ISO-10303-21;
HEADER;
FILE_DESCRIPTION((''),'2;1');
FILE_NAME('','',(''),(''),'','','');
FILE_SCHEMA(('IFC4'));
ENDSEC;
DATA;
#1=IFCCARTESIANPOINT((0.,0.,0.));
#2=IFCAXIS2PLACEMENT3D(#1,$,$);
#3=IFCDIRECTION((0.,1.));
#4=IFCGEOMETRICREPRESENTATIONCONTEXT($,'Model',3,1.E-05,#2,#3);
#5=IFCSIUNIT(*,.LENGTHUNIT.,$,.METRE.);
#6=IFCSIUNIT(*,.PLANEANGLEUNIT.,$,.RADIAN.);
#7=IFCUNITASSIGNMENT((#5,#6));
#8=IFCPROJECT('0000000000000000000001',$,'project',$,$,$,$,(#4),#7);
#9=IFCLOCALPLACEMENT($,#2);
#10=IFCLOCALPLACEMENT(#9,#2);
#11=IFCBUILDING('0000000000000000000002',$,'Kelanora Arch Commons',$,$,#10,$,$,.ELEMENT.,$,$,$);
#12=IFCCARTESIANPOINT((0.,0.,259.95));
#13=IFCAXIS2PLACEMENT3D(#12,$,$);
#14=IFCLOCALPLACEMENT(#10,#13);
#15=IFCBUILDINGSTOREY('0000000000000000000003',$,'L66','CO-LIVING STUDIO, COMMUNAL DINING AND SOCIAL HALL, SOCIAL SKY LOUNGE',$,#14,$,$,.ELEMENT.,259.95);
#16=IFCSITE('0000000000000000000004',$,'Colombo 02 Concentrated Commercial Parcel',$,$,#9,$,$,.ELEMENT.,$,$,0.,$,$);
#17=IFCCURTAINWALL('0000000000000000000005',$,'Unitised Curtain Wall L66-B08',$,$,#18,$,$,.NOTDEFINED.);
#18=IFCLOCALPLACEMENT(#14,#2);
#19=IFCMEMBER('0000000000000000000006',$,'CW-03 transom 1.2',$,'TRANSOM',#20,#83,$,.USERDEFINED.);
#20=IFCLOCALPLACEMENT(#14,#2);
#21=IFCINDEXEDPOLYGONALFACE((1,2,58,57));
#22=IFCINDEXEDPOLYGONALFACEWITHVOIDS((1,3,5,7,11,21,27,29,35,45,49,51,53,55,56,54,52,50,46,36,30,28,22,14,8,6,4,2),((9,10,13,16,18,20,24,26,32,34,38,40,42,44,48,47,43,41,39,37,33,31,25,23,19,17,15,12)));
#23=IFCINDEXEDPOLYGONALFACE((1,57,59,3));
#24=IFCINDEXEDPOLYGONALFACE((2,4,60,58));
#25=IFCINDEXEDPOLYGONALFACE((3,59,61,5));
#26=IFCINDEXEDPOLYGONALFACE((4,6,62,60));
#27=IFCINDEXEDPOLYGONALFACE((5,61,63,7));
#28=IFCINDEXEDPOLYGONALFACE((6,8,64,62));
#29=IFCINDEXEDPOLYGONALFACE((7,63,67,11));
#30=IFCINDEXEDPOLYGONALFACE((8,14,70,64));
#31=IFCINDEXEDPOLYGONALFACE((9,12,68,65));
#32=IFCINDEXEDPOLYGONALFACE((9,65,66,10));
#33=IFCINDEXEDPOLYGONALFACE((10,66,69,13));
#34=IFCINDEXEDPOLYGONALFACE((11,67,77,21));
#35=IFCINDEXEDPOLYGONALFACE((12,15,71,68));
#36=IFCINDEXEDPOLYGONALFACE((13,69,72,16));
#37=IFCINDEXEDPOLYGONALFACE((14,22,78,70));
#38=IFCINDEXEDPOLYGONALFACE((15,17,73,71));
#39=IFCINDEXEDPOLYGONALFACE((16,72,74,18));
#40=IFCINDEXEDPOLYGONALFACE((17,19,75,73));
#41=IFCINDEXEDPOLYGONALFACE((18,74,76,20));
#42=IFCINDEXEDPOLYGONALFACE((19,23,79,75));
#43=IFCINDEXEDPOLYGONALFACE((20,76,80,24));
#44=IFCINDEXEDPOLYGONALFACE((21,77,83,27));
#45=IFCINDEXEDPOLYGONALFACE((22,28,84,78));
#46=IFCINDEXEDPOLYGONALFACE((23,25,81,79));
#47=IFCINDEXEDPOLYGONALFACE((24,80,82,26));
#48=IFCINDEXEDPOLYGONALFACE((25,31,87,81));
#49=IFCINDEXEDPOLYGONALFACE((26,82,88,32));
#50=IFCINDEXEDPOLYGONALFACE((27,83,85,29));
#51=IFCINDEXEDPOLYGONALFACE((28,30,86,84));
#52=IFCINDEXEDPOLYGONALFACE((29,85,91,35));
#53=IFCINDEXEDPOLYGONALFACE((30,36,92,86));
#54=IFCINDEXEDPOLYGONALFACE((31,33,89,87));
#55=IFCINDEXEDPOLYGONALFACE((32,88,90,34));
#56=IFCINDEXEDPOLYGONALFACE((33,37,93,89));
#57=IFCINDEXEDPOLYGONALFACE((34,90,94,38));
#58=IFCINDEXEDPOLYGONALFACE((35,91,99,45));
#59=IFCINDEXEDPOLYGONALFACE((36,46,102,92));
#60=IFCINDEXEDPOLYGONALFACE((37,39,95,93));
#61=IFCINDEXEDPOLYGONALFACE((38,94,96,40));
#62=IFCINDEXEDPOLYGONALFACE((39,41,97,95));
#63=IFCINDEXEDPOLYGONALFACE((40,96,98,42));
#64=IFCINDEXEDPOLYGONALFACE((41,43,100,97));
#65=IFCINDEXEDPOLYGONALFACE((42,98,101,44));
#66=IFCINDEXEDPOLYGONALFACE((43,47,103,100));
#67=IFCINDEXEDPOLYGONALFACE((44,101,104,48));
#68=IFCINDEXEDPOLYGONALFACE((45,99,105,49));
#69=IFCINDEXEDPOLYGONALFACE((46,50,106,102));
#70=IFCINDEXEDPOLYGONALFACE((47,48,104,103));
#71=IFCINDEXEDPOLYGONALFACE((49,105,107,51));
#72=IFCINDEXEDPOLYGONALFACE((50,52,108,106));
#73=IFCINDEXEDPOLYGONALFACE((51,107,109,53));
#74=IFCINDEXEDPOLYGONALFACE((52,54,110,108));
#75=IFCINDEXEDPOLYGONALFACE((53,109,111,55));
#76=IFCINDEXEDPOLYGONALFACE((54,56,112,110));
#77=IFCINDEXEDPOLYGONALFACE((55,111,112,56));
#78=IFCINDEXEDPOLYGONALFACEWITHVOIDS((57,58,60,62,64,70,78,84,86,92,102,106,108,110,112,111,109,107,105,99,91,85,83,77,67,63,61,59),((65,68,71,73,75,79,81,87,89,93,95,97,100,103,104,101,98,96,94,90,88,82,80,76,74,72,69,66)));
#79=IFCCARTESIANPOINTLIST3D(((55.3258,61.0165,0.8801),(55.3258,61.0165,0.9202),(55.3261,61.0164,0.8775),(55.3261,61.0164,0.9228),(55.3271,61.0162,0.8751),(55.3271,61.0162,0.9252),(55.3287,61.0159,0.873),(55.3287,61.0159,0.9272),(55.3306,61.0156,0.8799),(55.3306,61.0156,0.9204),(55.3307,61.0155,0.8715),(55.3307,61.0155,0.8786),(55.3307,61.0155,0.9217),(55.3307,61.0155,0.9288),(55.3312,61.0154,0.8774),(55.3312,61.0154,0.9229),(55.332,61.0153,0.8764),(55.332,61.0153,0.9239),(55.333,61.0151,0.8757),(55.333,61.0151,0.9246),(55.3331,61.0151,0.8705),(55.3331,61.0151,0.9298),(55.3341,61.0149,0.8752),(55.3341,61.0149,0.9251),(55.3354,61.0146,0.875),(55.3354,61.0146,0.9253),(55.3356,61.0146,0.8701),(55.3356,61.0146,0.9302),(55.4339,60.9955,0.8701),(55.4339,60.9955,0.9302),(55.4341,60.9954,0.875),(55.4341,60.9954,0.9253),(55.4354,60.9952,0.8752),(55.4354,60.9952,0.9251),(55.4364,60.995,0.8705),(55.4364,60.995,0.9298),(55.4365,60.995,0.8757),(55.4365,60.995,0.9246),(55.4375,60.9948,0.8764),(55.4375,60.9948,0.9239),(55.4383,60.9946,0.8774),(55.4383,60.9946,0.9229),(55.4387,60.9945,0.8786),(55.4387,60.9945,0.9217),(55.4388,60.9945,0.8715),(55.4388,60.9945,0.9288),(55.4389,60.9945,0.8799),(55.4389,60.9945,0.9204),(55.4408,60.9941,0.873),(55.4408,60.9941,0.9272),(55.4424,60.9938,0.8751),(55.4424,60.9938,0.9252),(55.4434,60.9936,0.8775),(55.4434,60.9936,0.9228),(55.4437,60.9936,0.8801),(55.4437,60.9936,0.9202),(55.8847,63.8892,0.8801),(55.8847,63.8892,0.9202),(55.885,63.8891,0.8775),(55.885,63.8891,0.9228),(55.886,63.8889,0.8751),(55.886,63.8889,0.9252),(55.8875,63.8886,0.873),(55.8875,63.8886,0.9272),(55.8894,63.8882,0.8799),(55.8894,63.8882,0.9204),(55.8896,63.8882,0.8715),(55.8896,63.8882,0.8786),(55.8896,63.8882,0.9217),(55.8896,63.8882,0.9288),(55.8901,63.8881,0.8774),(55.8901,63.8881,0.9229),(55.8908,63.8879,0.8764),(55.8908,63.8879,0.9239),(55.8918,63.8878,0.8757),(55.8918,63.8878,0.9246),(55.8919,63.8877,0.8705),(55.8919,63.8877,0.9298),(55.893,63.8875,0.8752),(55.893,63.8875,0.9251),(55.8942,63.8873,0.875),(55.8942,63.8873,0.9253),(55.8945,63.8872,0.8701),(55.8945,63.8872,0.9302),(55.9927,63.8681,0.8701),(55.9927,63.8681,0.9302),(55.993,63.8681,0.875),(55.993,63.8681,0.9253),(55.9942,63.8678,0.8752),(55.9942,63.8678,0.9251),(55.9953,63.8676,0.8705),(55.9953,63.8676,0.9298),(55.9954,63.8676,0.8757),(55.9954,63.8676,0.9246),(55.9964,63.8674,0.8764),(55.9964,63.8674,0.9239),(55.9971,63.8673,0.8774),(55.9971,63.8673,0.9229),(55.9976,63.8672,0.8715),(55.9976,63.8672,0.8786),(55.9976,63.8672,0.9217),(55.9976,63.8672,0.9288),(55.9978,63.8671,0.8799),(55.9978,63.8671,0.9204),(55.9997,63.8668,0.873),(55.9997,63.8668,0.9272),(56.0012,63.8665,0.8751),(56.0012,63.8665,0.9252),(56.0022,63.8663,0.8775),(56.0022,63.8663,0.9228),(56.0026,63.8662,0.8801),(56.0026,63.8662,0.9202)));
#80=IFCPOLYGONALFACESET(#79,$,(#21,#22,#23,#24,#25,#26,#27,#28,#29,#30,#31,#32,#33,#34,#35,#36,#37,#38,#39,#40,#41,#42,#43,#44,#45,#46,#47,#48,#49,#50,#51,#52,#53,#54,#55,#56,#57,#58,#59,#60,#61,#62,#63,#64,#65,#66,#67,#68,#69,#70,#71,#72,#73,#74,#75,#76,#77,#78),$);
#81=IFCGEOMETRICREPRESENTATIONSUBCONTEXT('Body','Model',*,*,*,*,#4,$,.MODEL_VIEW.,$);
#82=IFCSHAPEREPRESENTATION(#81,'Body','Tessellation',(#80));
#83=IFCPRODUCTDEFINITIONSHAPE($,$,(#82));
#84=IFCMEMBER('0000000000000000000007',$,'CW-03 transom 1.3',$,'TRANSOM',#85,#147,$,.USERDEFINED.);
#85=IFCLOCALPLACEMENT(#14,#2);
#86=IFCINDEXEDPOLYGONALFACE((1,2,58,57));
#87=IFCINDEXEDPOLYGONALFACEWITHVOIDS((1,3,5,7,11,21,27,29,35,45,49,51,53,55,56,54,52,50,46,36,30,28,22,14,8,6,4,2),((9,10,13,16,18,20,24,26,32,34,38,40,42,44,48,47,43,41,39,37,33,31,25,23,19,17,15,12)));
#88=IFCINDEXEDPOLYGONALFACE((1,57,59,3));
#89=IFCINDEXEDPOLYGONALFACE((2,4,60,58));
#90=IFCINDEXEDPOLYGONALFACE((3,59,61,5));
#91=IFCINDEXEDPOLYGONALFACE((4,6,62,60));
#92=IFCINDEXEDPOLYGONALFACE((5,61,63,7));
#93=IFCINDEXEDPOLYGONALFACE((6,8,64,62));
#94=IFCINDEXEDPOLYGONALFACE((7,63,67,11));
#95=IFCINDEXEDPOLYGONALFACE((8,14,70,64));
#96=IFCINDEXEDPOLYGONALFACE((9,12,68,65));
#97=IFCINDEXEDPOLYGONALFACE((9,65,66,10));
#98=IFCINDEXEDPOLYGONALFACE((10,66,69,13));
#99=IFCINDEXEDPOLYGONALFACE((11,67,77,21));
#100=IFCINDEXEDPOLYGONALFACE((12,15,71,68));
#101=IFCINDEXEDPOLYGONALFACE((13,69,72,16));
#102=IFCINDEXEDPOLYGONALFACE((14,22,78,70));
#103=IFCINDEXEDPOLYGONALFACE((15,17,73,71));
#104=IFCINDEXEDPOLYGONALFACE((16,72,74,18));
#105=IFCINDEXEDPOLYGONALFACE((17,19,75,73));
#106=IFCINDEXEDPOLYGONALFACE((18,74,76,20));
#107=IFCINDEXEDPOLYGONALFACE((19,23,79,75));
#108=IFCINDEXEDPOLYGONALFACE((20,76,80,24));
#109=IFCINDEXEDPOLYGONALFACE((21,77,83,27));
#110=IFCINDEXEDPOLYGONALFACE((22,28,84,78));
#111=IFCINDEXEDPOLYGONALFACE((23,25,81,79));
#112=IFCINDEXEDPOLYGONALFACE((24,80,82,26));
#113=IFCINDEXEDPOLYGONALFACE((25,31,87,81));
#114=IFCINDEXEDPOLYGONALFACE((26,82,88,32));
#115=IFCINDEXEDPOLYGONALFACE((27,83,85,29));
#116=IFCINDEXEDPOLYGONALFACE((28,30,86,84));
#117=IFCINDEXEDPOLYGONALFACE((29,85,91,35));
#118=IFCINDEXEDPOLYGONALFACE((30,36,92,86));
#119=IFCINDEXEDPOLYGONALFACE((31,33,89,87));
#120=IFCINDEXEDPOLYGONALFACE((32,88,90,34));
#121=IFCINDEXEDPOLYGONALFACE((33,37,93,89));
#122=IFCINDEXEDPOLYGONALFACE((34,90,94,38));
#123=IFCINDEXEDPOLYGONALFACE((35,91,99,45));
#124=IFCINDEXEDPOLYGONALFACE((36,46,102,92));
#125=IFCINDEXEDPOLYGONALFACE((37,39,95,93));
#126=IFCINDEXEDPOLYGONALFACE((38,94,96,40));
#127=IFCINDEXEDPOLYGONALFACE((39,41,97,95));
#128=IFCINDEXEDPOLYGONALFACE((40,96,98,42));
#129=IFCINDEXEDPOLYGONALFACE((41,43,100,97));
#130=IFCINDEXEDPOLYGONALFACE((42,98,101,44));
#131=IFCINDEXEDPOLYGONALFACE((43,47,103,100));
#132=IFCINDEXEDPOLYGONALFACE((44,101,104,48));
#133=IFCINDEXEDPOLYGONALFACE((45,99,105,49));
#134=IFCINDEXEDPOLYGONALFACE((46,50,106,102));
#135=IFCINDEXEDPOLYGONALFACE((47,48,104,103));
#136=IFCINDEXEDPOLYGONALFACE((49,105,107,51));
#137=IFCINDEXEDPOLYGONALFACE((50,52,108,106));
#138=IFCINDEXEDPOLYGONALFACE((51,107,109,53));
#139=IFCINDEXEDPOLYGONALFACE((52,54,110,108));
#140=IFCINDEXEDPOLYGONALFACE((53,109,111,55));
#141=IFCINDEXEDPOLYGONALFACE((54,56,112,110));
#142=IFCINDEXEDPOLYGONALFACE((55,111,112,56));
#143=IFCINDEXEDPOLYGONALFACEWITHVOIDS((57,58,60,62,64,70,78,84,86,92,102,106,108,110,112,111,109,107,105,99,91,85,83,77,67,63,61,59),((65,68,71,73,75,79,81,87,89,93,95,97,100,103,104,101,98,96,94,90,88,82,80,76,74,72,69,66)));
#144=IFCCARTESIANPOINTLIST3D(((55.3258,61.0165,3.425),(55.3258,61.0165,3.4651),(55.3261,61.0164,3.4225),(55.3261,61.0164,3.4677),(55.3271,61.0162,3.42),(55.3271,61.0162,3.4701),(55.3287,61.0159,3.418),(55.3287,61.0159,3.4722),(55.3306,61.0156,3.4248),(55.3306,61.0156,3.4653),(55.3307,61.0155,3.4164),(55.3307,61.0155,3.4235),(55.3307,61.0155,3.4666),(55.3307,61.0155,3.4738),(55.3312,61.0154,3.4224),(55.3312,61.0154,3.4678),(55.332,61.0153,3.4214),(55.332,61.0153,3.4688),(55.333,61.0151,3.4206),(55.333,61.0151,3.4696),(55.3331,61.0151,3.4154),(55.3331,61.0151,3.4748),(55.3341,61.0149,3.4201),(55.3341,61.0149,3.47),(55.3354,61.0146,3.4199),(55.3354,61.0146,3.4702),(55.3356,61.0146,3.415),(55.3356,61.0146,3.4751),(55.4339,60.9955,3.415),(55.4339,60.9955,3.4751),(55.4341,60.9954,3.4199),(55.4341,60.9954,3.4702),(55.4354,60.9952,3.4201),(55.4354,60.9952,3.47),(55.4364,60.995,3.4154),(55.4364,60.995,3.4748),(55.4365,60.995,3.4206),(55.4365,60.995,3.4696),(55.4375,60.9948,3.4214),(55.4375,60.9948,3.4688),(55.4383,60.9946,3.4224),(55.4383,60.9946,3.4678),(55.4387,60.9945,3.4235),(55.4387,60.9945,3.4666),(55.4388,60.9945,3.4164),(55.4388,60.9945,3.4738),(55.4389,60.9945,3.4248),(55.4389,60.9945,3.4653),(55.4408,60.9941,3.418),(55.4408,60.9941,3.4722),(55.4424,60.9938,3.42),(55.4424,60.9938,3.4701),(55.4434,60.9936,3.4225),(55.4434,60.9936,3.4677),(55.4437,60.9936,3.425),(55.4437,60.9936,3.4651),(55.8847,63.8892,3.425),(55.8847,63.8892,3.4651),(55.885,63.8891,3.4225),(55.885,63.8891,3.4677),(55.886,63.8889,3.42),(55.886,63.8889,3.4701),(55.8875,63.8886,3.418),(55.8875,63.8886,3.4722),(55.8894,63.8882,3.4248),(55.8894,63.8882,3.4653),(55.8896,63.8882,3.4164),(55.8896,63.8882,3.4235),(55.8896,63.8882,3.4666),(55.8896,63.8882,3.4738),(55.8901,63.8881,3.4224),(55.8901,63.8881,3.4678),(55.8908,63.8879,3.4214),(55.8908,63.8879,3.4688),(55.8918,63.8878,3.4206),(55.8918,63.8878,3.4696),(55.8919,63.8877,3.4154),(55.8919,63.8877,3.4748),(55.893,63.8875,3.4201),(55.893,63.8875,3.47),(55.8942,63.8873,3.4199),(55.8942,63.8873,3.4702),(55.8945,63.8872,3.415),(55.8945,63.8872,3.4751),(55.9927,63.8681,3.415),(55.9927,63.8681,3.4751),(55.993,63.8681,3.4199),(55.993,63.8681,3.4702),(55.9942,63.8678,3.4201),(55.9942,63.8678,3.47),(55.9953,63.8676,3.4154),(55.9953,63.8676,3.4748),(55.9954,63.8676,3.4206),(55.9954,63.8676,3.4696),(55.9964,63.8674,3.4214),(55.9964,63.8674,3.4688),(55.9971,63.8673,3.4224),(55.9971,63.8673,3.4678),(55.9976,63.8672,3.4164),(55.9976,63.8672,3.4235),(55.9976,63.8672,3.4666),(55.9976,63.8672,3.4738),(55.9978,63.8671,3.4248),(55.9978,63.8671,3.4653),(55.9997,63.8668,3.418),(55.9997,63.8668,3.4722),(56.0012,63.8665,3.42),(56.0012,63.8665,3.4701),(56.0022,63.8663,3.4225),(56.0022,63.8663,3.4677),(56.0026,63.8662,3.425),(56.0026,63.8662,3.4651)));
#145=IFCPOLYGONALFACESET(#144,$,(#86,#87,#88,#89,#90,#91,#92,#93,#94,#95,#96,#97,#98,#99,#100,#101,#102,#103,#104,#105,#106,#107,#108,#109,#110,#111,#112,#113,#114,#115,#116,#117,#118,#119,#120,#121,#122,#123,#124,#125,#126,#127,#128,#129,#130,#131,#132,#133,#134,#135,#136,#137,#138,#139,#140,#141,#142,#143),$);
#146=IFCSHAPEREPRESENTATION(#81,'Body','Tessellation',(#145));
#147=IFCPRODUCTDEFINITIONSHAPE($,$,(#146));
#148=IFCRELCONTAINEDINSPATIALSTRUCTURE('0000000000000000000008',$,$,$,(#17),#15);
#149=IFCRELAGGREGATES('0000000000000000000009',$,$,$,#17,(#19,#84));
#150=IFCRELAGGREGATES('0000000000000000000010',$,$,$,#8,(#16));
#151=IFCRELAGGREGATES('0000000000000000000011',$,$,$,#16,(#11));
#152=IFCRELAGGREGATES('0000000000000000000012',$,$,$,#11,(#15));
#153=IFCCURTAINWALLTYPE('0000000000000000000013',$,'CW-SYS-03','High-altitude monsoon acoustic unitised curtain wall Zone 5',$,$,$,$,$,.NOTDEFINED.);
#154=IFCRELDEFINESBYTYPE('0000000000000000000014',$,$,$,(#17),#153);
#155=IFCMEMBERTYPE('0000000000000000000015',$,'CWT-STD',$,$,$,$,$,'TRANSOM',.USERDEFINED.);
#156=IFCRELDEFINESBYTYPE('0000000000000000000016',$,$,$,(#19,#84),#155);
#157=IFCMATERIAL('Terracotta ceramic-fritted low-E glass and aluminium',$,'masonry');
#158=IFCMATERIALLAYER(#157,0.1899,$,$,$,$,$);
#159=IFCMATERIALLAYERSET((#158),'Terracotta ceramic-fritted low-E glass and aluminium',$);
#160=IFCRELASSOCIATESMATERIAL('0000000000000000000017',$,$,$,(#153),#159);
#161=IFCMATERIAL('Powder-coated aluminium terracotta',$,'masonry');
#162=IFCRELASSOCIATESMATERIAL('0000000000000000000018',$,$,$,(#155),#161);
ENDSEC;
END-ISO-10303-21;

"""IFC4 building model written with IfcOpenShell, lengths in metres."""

from ifc_helpers import new_model, si_unit, direction, frame, origin, origin_2d, place, context, subcontext, project, spatial, hollow_rectangle, extrude, material, layer, layer_set, material_profile, profile_set, type_object, element, aggregate, save


model = new_model("IFC4")

# Units and contexts
model_context = context("Model", 3, precision=1e-05, world=origin(), true_north=direction((0.0, 1.0)))
body_context = subcontext(model_context, "Body", "Model", "MODEL_VIEW")
ifc_project = project(units=[si_unit("LENGTHUNIT", "METRE"), si_unit("PLANEANGLEUNIT", "RADIAN")], contexts=[model_context])

# Site, building, storey
site_placement = place(None, origin())
site = spatial("IfcSite", under=ifc_project, at=site_placement, Name="Colombo 02 Concentrated Commercial Parcel", CompositionType="ELEMENT", RefElevation=0.0)
building_placement = place(site_placement, origin())
building = spatial("IfcBuilding", under=site, at=building_placement, Name="Kelanora Arch Commons", CompositionType="ELEMENT")
storey_placement = place(building_placement, frame((0.0, 0.0, 259.95)))
storey = spatial("IfcBuildingStorey", under=building, at=storey_placement, Name="L66", Description="CO-LIVING STUDIO, COMMUNAL DINING AND SOCIAL HALL, SOCIAL SKY LOUNGE", CompositionType="ELEMENT", Elevation=259.95)

# Curtain wall, members
ifc_material_1 = material(Name="Terracotta ceramic-fritted low-E glass and aluminium", Category="masonry")
ifc_layer_1 = layer(ifc_material_1, 0.1899)
ifc_layer_set_1 = layer_set([ifc_layer_1], Name="Terracotta ceramic-fritted low-E glass and aluminium")
curtain_wall_type = type_object("IfcCurtainWallType", Name="CW-SYS-03", Description="High-altitude monsoon acoustic unitised curtain wall Zone 5", PredefinedType="NOTDEFINED", material=ifc_layer_set_1)
curtain_wall_placement = place(storey_placement, origin())
curtain_wall = element("IfcCurtainWall", 1, at=curtain_wall_placement, inside=storey, type_object=curtain_wall_type, Name="Unitised Curtain Wall L66-B08", PredefinedType="NOTDEFINED")
ifc_material_2 = material(Name="Powder-coated aluminium terracotta", Category="masonry")
ifc_material_profile_1 = material_profile(ifc_material_2, hollow_rectangle(XDim=0.1201, YDim=0.0601, WallThickness=0.0049, InnerFilletRadius=0.0049, OuterFilletRadius=0.01, at=origin_2d()), Name="CWT120x60")
ifc_profile_set_1 = profile_set([ifc_material_profile_1], Name="Powder-coated aluminium terracotta")
member_type_1 = type_object("IfcMemberType", Name="CWT-STD", ElementType="TRANSOM", PredefinedType="USERDEFINED", material=ifc_profile_set_1)
member_1_placement = place(storey_placement, frame((55.9436, 63.8777, 0.9001), z_axis=(-0.190963, -0.981597, 0.0), x_axis=(0.981597, -0.190963, 0.0)))
member_1 = element("IfcMember", 2, at=member_1_placement, type_object=member_type_1, Name="CW-03 transom 1.2", ObjectType="TRANSOM", PredefinedType="USERDEFINED", context=body_context, shape_type="SweptSolid", body=[
    extrude(hollow_rectangle(XDim=0.1201, YDim=0.0601, WallThickness=0.0049, InnerFilletRadius=0.0049, OuterFilletRadius=0.01, at=origin_2d()), origin(), (0.0, 0.0, 1.0), 2.9265),
])
member_2_placement = place(storey_placement, frame((55.9436, 63.8777, 3.4451), z_axis=(-0.190963, -0.981597, 0.0), x_axis=(0.981597, -0.190963, 0.0)))
member_2 = element("IfcMember", 3, at=member_2_placement, type_object=member_type_1, Name="CW-03 transom 1.3", ObjectType="TRANSOM", PredefinedType="USERDEFINED", context=body_context, shape_type="SweptSolid", body=[
    extrude(hollow_rectangle(XDim=0.1201, YDim=0.0601, WallThickness=0.0049, InnerFilletRadius=0.0049, OuterFilletRadius=0.01, at=origin_2d()), origin(), (0.0, 0.0, 1.0), 2.9265),
])
aggregate(curtain_wall, [member_1, member_2])

save(model, "model.ifc")
